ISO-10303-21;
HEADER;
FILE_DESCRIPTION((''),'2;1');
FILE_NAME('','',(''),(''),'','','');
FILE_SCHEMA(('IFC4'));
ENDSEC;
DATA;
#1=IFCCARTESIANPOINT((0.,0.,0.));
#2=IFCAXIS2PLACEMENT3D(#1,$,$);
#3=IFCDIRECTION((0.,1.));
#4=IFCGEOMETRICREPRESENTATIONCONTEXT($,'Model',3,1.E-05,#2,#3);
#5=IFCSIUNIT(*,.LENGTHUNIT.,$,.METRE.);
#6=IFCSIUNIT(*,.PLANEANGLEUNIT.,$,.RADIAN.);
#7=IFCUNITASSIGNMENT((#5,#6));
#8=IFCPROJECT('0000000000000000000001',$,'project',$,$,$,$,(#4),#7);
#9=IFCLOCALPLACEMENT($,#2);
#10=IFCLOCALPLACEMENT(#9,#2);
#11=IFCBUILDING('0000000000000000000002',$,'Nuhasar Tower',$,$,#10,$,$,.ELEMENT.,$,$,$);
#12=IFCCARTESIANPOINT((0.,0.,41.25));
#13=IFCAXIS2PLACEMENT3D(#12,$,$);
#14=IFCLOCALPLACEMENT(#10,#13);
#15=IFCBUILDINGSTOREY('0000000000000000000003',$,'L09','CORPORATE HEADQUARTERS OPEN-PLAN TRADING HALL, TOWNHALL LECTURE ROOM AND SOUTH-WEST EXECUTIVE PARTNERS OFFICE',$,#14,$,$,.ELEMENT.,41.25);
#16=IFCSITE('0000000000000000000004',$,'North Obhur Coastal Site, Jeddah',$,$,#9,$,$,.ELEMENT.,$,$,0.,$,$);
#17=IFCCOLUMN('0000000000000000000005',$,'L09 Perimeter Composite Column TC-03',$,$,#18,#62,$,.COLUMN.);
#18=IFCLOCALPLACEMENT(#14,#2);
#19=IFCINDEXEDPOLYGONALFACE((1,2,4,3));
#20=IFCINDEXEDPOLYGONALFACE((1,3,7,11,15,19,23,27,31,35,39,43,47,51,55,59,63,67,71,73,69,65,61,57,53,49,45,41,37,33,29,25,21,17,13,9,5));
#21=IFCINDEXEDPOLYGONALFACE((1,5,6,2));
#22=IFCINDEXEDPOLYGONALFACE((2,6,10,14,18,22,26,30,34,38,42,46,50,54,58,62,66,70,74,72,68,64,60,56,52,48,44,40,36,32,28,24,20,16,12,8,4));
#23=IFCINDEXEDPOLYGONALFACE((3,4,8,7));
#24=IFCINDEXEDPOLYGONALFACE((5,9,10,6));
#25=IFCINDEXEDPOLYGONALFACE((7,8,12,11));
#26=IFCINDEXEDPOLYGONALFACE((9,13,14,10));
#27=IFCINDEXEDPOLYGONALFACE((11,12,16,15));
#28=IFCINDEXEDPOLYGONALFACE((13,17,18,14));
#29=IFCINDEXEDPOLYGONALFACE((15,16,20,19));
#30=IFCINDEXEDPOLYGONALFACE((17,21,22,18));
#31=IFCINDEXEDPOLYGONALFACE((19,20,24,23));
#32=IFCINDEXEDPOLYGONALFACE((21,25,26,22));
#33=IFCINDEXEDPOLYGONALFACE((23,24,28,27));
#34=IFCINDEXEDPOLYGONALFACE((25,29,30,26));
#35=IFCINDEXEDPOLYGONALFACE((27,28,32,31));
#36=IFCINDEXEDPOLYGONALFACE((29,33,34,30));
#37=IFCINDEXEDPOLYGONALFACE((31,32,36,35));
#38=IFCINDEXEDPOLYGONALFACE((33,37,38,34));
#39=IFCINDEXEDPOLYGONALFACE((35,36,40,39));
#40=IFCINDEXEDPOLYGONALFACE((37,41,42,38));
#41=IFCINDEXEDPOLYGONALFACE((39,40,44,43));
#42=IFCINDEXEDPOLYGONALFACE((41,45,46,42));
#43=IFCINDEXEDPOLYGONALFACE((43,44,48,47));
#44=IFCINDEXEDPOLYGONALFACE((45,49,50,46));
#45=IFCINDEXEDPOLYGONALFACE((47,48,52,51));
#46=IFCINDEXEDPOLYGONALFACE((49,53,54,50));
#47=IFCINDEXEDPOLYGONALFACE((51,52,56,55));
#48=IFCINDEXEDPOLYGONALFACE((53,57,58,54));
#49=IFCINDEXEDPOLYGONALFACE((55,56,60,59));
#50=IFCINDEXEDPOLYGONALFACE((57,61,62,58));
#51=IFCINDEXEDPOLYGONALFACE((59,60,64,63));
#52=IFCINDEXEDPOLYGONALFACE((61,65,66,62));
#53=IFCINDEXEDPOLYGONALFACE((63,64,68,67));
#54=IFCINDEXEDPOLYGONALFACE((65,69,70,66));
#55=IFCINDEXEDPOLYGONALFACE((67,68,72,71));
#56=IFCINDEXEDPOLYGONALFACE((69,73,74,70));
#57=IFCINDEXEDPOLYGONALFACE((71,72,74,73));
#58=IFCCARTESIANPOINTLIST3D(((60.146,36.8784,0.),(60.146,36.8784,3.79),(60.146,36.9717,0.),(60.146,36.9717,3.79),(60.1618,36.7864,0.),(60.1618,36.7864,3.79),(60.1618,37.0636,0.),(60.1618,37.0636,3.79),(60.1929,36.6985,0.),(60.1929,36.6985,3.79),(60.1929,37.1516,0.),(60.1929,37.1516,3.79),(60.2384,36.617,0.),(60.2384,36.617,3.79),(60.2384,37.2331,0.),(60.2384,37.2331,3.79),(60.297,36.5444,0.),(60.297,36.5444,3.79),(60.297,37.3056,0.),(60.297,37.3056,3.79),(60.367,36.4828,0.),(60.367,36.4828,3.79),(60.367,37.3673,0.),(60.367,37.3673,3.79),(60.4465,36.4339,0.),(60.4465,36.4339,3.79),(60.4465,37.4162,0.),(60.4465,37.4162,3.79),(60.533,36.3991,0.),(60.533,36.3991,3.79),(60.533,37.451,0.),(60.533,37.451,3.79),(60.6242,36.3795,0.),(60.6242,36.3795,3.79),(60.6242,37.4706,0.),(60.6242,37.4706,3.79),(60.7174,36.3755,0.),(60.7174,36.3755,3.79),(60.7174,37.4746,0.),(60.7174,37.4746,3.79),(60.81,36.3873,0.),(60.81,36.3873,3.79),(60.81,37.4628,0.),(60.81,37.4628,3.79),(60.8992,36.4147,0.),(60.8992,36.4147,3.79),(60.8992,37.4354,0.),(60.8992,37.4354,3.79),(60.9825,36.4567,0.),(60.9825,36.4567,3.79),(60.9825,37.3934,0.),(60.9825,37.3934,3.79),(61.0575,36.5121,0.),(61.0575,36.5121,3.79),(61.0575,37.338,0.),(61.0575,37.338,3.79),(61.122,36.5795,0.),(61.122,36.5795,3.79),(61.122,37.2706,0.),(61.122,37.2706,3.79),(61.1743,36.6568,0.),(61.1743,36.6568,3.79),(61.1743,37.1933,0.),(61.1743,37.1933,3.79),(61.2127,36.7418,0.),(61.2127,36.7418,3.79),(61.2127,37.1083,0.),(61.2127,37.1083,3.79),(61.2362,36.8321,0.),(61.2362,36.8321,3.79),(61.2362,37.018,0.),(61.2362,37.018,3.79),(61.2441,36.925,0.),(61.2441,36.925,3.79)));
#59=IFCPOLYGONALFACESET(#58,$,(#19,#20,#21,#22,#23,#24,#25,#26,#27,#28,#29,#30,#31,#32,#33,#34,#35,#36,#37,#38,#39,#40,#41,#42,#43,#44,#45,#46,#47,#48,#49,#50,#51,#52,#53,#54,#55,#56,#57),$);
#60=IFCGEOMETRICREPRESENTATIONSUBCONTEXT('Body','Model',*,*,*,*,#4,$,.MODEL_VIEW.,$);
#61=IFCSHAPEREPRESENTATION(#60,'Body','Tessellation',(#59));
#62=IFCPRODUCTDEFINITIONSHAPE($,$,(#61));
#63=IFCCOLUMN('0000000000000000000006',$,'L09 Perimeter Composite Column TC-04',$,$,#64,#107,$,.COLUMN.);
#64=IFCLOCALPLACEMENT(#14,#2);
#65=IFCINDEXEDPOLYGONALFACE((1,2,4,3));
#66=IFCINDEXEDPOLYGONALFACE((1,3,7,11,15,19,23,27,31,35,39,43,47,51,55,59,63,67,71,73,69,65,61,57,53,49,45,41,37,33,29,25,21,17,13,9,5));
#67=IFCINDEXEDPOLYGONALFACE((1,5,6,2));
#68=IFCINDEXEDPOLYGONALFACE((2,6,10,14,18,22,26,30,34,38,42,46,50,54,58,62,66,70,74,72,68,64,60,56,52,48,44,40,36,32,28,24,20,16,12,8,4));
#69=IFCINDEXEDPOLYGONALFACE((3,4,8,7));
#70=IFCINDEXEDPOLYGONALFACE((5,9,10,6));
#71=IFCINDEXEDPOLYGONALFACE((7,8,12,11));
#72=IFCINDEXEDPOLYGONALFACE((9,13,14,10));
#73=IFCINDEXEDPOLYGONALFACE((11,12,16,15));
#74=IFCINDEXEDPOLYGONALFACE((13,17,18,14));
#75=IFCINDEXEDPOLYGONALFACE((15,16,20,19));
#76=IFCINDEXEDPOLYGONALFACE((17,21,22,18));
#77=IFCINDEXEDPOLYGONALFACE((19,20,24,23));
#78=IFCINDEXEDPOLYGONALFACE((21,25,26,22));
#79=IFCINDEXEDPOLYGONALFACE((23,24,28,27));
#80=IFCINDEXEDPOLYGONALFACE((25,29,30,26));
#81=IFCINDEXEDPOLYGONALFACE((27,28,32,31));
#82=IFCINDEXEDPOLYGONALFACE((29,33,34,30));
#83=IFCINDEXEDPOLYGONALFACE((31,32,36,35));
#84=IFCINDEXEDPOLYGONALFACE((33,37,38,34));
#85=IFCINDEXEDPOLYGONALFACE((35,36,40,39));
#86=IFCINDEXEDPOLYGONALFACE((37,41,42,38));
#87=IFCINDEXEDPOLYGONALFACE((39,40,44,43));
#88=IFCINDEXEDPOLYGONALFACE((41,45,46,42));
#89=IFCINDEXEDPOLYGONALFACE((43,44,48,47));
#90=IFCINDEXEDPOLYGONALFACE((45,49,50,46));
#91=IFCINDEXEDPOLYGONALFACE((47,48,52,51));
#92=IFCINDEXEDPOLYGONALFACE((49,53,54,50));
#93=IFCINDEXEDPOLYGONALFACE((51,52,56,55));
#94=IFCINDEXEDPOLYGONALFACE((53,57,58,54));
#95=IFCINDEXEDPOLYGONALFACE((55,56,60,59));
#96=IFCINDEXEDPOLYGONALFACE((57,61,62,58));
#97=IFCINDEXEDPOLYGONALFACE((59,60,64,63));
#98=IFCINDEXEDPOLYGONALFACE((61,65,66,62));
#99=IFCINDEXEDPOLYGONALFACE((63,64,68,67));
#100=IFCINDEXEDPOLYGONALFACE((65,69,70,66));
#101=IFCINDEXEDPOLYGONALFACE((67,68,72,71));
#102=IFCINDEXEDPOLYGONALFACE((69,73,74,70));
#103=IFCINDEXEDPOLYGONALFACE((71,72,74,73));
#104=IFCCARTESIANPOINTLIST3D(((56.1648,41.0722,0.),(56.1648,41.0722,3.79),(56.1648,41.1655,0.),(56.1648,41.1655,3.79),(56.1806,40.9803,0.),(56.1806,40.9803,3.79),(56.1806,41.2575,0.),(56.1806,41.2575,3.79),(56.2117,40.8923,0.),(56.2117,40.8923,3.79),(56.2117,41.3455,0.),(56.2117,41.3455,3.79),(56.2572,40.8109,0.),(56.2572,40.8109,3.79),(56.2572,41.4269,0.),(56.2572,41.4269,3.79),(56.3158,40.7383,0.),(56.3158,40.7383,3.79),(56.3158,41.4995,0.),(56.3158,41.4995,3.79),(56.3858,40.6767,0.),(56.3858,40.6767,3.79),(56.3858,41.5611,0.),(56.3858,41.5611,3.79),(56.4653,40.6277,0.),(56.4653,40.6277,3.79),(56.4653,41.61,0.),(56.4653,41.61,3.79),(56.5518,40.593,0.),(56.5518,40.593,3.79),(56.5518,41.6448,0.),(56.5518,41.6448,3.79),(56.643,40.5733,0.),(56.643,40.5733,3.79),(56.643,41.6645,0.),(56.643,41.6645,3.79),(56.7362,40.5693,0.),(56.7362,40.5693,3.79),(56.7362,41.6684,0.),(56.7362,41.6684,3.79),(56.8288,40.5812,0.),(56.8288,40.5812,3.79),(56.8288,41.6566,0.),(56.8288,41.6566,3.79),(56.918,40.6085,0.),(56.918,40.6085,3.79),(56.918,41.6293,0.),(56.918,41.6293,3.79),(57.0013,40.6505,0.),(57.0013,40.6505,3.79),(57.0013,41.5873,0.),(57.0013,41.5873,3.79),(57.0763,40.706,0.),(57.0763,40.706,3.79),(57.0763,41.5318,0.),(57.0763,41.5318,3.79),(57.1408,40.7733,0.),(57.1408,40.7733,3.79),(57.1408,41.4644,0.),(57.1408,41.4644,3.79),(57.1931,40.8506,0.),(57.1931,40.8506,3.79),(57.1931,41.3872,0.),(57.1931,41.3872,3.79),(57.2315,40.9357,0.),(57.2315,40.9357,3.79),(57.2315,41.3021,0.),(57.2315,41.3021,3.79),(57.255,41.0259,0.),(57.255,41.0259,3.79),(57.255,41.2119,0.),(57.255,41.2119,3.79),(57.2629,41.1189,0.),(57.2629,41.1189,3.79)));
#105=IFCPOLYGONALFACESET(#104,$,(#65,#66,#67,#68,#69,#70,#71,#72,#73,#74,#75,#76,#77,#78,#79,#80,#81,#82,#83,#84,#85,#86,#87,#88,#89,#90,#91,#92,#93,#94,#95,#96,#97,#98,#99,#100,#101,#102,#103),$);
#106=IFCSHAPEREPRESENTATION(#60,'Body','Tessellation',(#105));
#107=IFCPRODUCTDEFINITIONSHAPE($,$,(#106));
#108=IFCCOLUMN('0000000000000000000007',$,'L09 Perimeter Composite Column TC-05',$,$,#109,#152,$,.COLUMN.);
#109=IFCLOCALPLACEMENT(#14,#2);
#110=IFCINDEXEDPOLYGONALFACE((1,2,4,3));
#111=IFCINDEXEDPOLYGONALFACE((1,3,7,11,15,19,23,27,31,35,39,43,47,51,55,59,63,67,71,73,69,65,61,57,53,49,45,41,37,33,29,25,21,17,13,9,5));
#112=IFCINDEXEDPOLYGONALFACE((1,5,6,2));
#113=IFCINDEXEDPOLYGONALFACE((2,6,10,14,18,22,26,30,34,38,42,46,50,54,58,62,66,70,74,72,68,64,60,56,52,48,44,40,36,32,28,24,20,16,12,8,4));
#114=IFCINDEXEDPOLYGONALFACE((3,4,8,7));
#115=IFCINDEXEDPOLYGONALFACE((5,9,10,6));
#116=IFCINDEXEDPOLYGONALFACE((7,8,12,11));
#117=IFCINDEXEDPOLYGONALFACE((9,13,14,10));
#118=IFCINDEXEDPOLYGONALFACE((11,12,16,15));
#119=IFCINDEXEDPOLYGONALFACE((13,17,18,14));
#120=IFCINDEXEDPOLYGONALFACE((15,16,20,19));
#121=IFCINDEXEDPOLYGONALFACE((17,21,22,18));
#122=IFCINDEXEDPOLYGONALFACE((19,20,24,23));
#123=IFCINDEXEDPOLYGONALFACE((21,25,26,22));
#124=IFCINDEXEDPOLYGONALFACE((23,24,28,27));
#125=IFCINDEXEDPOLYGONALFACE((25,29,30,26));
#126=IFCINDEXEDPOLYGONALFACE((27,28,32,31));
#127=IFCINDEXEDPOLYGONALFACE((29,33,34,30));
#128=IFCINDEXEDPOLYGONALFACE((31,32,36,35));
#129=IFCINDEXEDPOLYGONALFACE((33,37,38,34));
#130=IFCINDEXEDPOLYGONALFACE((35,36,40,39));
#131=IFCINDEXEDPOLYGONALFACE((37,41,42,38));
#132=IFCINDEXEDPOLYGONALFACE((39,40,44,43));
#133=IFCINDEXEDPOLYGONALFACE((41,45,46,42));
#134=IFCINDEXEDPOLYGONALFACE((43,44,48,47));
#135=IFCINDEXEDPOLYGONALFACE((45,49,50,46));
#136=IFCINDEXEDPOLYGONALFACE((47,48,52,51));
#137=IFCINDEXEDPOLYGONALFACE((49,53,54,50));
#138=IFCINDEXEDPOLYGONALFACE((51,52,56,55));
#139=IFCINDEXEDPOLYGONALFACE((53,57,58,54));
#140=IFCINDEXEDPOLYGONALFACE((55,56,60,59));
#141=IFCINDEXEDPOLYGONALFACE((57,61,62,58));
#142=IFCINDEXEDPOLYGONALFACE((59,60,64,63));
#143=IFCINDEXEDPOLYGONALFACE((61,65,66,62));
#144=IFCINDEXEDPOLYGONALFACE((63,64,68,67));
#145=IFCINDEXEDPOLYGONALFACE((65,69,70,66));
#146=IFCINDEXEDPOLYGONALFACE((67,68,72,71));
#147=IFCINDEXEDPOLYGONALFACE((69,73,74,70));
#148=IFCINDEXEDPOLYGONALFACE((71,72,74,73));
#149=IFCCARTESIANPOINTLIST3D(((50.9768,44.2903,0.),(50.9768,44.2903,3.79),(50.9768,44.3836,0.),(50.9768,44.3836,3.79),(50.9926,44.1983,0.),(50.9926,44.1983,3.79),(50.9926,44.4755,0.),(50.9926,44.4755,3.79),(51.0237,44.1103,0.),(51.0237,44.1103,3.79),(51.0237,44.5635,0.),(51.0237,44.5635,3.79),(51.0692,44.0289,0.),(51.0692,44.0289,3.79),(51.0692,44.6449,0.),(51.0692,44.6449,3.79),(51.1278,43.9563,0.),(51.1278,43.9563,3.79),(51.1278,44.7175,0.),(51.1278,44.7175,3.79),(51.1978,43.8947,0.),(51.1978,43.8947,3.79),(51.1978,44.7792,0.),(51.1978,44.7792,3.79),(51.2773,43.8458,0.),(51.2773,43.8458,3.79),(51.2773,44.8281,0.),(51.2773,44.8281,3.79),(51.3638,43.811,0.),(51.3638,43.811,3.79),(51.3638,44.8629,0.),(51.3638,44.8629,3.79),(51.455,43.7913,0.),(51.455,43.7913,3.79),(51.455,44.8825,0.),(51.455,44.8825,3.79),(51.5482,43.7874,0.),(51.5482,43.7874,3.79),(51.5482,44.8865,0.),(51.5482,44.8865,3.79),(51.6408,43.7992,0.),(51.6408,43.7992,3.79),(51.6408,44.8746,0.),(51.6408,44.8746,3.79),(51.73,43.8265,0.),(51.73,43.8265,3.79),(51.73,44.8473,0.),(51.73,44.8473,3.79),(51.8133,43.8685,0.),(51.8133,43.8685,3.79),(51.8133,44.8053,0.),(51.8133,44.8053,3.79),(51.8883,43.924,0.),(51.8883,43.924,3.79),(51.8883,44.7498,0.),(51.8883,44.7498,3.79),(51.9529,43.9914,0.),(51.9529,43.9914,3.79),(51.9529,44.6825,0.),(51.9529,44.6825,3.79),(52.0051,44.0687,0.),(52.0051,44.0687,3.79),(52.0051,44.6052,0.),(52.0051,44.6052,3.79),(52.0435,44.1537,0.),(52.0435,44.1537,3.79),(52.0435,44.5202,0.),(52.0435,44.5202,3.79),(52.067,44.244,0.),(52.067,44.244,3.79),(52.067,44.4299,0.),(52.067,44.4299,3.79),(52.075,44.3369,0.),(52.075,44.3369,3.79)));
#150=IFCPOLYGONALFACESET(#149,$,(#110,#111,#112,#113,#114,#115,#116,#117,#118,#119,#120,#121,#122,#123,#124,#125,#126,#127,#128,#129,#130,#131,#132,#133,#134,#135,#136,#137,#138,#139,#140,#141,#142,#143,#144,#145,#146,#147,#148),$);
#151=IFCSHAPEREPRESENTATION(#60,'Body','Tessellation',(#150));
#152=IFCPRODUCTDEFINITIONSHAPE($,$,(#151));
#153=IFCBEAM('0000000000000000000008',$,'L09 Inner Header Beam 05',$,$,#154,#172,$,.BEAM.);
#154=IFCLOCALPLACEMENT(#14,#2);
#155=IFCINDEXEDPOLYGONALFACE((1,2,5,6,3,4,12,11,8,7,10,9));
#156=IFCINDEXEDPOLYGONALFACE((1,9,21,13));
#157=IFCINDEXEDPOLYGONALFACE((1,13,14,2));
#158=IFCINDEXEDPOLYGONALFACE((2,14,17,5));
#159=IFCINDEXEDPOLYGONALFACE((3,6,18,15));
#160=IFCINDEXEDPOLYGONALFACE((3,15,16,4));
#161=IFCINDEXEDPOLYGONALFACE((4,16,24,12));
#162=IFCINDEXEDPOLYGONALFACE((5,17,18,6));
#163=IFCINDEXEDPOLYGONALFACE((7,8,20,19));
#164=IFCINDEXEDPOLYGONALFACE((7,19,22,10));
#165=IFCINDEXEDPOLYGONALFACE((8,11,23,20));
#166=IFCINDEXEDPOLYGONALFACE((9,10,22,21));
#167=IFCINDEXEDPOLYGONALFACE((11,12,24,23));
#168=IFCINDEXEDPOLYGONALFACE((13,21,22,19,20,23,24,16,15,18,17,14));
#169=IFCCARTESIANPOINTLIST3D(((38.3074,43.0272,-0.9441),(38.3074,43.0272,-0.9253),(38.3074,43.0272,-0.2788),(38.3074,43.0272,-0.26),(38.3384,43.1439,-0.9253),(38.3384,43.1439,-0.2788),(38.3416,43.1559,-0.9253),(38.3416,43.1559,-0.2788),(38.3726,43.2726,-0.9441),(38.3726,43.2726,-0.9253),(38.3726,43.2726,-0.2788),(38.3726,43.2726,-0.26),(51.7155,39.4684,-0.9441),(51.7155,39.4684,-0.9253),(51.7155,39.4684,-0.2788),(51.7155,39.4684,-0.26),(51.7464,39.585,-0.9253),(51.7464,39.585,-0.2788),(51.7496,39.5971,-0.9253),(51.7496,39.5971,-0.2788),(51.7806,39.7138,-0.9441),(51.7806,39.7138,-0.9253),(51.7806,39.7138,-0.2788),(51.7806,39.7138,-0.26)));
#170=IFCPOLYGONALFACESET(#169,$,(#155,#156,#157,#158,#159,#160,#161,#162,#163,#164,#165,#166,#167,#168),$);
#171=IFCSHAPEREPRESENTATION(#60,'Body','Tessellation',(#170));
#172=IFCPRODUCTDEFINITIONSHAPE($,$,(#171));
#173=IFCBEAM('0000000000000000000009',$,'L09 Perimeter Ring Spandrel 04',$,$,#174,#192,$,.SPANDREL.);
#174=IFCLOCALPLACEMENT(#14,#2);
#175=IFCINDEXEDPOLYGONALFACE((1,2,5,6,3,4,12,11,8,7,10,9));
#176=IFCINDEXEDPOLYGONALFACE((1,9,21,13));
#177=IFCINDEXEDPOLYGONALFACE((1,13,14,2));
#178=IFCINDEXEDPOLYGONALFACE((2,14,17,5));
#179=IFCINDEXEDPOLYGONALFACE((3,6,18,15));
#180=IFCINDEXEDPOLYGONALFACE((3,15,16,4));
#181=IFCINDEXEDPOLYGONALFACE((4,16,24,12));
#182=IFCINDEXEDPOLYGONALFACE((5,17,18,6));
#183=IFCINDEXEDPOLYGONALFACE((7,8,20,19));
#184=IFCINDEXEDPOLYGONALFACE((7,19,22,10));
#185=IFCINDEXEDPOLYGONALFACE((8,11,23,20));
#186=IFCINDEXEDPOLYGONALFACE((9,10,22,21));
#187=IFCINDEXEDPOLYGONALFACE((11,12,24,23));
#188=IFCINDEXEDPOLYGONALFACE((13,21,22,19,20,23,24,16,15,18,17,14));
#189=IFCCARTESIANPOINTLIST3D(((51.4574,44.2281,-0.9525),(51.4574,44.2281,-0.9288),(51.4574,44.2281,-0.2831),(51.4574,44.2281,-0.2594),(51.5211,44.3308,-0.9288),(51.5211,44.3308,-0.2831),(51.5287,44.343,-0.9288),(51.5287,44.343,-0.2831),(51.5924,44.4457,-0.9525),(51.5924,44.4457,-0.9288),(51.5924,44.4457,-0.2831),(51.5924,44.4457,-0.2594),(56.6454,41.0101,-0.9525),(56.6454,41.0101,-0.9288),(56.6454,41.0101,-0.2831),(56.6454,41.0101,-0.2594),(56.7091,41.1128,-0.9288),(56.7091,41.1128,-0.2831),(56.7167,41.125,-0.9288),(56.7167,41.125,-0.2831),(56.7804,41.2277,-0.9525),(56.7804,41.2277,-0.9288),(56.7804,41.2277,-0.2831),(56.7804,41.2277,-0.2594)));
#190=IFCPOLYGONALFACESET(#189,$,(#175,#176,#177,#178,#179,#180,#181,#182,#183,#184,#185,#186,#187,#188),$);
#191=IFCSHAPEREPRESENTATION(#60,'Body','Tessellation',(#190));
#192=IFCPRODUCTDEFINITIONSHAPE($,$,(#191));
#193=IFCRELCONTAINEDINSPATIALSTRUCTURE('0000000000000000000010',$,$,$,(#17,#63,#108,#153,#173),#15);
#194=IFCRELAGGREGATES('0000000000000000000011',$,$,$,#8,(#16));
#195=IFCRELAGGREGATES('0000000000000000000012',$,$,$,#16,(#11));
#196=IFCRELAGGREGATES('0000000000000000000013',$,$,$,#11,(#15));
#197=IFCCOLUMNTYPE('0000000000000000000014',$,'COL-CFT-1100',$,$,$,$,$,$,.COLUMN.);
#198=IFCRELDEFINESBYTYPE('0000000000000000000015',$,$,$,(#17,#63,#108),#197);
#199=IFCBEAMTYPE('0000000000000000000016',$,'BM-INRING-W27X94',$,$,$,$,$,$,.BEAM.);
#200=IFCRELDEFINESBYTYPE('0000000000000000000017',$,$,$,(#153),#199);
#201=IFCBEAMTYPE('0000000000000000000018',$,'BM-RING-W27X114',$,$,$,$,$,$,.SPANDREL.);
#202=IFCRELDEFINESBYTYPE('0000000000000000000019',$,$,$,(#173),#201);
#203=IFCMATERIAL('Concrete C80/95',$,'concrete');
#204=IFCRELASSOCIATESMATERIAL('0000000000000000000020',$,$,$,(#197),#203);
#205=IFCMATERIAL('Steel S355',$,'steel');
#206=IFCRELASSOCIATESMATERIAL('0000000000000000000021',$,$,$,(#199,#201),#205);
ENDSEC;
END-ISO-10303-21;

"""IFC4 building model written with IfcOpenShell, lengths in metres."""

from ifc_helpers import new_model, si_unit, direction, frame, origin, origin_2d, place, context, subcontext, project, spatial, circle, i_section, extrude, material, material_profile, profile_set, type_object, element, save


model = new_model("IFC4")

# Units and contexts
model_context = context("Model", 3, precision=1e-05, world=origin(), true_north=direction((0.0, 1.0)))
body_context = subcontext(model_context, "Body", "Model", "MODEL_VIEW")
ifc_project = project(units=[si_unit("LENGTHUNIT", "METRE"), si_unit("PLANEANGLEUNIT", "RADIAN")], contexts=[model_context])

# Site, building, storey
site_placement = place(None, origin())
site = spatial("IfcSite", under=ifc_project, at=site_placement, Name="North Obhur Coastal Site, Jeddah", CompositionType="ELEMENT", RefElevation=0.0)
building_placement = place(site_placement, origin())
building = spatial("IfcBuilding", under=site, at=building_placement, Name="Nuhasar Tower", CompositionType="ELEMENT")
storey_placement = place(building_placement, frame((0.0, 0.0, 41.25)))
storey = spatial("IfcBuildingStorey", under=building, at=storey_placement, Name="L09", Description="CORPORATE HEADQUARTERS OPEN-PLAN TRADING HALL, TOWNHALL LECTURE ROOM AND SOUTH-WEST EXECUTIVE PARTNERS OFFICE", CompositionType="ELEMENT", Elevation=41.25)

# Columns
ifc_material_1 = material(Name="Concrete C80/95", Category="concrete")
ifc_material_profile_1 = material_profile(ifc_material_1, circle(Radius=0.55, at=origin_2d()), Name="CFT1100")
ifc_profile_set_1 = profile_set([ifc_material_profile_1], Name="Concrete C80/95")
column_type = type_object("IfcColumnType", Name="COL-CFT-1100", PredefinedType="COLUMN", material=ifc_profile_set_1)
for number, where, z_axis, x_axis, name in (
    (1, (60.6941, 36.925, 0.0), (0.0, 0.0, 1.0), (1.0, 0.0, 0.0), "L09 Perimeter Composite Column TC-03"),
    (2, (56.7129, 41.1189, 0.0), (0.0, 0.0, 1.0), (1.0, 0.0, 0.0), "L09 Perimeter Composite Column TC-04"),
    (3, (51.5249, 44.3369, 0.0), (0.0, 0.0, 1.0), (1.0, 0.0, 0.0), "L09 Perimeter Composite Column TC-05"),
):
    element("IfcColumn", number, at=place(storey_placement, frame(where, z_axis=z_axis, x_axis=x_axis)), inside=storey, type_object=column_type, Name=name, PredefinedType="COLUMN", context=body_context, shape_type="SweptSolid", body=[
        extrude(circle(Radius=0.55, at=origin_2d()), origin(), (0.0, 0.0, 1.0), 3.79),
    ])

# Beams
ifc_material_2 = material(Name="Steel S355", Category="steel")
ifc_material_profile_2 = material_profile(ifc_material_2, i_section(OverallWidth=0.2539, OverallDepth=0.6841, WebThickness=0.0125, FlangeThickness=0.0188, at=origin_2d()), Name="W27X94")
ifc_profile_set_2 = profile_set([ifc_material_profile_2], Name="Steel S355")
beam_type_1 = type_object("IfcBeamType", Name="BM-INRING-W27X94", PredefinedType="BEAM", material=ifc_profile_set_2)
beam_1_placement = place(storey_placement, frame((51.748, 39.5911, -0.6021), z_axis=(-0.966533, 0.256544, 0.0), x_axis=(-0.256544, -0.966533, 0.0)))
element("IfcBeam", 4, at=beam_1_placement, inside=storey, type_object=beam_type_1, Name="L09 Inner Header Beam 05", PredefinedType="BEAM", context=body_context, shape_type="SweptSolid", body=[
    extrude(i_section(OverallWidth=0.2539, OverallDepth=0.6841, WebThickness=0.0125, FlangeThickness=0.0188, at=origin_2d()), origin(), (0.0, 0.0, 1.0), 13.8723),
])
ifc_material_profile_3 = material_profile(ifc_material_2, i_section(OverallWidth=0.2561, OverallDepth=0.6931, WebThickness=0.0144, FlangeThickness=0.0237, at=origin_2d()), Name="W27X114")
ifc_profile_set_3 = profile_set([ifc_material_profile_3], Name="Steel S355")
beam_type_2 = type_object("IfcBeamType", Name="BM-RING-W27X114", PredefinedType="SPANDREL", material=ifc_profile_set_3)
beam_2_placement = place(storey_placement, frame((56.7129, 41.1189, -0.606), z_axis=(-0.849795, 0.527113, 0.0), x_axis=(-0.527113, -0.849795, 0.0)))
element("IfcBeam", 5, at=beam_2_placement, inside=storey, type_object=beam_type_2, Name="L09 Perimeter Ring Spandrel 04", PredefinedType="SPANDREL", context=body_context, shape_type="SweptSolid", body=[
    extrude(i_section(OverallWidth=0.2561, OverallDepth=0.6931, WebThickness=0.0144, FlangeThickness=0.0237, at=origin_2d()), origin(), (0.0, 0.0, 1.0), 6.105),
])

save(model, "model.ifc")
